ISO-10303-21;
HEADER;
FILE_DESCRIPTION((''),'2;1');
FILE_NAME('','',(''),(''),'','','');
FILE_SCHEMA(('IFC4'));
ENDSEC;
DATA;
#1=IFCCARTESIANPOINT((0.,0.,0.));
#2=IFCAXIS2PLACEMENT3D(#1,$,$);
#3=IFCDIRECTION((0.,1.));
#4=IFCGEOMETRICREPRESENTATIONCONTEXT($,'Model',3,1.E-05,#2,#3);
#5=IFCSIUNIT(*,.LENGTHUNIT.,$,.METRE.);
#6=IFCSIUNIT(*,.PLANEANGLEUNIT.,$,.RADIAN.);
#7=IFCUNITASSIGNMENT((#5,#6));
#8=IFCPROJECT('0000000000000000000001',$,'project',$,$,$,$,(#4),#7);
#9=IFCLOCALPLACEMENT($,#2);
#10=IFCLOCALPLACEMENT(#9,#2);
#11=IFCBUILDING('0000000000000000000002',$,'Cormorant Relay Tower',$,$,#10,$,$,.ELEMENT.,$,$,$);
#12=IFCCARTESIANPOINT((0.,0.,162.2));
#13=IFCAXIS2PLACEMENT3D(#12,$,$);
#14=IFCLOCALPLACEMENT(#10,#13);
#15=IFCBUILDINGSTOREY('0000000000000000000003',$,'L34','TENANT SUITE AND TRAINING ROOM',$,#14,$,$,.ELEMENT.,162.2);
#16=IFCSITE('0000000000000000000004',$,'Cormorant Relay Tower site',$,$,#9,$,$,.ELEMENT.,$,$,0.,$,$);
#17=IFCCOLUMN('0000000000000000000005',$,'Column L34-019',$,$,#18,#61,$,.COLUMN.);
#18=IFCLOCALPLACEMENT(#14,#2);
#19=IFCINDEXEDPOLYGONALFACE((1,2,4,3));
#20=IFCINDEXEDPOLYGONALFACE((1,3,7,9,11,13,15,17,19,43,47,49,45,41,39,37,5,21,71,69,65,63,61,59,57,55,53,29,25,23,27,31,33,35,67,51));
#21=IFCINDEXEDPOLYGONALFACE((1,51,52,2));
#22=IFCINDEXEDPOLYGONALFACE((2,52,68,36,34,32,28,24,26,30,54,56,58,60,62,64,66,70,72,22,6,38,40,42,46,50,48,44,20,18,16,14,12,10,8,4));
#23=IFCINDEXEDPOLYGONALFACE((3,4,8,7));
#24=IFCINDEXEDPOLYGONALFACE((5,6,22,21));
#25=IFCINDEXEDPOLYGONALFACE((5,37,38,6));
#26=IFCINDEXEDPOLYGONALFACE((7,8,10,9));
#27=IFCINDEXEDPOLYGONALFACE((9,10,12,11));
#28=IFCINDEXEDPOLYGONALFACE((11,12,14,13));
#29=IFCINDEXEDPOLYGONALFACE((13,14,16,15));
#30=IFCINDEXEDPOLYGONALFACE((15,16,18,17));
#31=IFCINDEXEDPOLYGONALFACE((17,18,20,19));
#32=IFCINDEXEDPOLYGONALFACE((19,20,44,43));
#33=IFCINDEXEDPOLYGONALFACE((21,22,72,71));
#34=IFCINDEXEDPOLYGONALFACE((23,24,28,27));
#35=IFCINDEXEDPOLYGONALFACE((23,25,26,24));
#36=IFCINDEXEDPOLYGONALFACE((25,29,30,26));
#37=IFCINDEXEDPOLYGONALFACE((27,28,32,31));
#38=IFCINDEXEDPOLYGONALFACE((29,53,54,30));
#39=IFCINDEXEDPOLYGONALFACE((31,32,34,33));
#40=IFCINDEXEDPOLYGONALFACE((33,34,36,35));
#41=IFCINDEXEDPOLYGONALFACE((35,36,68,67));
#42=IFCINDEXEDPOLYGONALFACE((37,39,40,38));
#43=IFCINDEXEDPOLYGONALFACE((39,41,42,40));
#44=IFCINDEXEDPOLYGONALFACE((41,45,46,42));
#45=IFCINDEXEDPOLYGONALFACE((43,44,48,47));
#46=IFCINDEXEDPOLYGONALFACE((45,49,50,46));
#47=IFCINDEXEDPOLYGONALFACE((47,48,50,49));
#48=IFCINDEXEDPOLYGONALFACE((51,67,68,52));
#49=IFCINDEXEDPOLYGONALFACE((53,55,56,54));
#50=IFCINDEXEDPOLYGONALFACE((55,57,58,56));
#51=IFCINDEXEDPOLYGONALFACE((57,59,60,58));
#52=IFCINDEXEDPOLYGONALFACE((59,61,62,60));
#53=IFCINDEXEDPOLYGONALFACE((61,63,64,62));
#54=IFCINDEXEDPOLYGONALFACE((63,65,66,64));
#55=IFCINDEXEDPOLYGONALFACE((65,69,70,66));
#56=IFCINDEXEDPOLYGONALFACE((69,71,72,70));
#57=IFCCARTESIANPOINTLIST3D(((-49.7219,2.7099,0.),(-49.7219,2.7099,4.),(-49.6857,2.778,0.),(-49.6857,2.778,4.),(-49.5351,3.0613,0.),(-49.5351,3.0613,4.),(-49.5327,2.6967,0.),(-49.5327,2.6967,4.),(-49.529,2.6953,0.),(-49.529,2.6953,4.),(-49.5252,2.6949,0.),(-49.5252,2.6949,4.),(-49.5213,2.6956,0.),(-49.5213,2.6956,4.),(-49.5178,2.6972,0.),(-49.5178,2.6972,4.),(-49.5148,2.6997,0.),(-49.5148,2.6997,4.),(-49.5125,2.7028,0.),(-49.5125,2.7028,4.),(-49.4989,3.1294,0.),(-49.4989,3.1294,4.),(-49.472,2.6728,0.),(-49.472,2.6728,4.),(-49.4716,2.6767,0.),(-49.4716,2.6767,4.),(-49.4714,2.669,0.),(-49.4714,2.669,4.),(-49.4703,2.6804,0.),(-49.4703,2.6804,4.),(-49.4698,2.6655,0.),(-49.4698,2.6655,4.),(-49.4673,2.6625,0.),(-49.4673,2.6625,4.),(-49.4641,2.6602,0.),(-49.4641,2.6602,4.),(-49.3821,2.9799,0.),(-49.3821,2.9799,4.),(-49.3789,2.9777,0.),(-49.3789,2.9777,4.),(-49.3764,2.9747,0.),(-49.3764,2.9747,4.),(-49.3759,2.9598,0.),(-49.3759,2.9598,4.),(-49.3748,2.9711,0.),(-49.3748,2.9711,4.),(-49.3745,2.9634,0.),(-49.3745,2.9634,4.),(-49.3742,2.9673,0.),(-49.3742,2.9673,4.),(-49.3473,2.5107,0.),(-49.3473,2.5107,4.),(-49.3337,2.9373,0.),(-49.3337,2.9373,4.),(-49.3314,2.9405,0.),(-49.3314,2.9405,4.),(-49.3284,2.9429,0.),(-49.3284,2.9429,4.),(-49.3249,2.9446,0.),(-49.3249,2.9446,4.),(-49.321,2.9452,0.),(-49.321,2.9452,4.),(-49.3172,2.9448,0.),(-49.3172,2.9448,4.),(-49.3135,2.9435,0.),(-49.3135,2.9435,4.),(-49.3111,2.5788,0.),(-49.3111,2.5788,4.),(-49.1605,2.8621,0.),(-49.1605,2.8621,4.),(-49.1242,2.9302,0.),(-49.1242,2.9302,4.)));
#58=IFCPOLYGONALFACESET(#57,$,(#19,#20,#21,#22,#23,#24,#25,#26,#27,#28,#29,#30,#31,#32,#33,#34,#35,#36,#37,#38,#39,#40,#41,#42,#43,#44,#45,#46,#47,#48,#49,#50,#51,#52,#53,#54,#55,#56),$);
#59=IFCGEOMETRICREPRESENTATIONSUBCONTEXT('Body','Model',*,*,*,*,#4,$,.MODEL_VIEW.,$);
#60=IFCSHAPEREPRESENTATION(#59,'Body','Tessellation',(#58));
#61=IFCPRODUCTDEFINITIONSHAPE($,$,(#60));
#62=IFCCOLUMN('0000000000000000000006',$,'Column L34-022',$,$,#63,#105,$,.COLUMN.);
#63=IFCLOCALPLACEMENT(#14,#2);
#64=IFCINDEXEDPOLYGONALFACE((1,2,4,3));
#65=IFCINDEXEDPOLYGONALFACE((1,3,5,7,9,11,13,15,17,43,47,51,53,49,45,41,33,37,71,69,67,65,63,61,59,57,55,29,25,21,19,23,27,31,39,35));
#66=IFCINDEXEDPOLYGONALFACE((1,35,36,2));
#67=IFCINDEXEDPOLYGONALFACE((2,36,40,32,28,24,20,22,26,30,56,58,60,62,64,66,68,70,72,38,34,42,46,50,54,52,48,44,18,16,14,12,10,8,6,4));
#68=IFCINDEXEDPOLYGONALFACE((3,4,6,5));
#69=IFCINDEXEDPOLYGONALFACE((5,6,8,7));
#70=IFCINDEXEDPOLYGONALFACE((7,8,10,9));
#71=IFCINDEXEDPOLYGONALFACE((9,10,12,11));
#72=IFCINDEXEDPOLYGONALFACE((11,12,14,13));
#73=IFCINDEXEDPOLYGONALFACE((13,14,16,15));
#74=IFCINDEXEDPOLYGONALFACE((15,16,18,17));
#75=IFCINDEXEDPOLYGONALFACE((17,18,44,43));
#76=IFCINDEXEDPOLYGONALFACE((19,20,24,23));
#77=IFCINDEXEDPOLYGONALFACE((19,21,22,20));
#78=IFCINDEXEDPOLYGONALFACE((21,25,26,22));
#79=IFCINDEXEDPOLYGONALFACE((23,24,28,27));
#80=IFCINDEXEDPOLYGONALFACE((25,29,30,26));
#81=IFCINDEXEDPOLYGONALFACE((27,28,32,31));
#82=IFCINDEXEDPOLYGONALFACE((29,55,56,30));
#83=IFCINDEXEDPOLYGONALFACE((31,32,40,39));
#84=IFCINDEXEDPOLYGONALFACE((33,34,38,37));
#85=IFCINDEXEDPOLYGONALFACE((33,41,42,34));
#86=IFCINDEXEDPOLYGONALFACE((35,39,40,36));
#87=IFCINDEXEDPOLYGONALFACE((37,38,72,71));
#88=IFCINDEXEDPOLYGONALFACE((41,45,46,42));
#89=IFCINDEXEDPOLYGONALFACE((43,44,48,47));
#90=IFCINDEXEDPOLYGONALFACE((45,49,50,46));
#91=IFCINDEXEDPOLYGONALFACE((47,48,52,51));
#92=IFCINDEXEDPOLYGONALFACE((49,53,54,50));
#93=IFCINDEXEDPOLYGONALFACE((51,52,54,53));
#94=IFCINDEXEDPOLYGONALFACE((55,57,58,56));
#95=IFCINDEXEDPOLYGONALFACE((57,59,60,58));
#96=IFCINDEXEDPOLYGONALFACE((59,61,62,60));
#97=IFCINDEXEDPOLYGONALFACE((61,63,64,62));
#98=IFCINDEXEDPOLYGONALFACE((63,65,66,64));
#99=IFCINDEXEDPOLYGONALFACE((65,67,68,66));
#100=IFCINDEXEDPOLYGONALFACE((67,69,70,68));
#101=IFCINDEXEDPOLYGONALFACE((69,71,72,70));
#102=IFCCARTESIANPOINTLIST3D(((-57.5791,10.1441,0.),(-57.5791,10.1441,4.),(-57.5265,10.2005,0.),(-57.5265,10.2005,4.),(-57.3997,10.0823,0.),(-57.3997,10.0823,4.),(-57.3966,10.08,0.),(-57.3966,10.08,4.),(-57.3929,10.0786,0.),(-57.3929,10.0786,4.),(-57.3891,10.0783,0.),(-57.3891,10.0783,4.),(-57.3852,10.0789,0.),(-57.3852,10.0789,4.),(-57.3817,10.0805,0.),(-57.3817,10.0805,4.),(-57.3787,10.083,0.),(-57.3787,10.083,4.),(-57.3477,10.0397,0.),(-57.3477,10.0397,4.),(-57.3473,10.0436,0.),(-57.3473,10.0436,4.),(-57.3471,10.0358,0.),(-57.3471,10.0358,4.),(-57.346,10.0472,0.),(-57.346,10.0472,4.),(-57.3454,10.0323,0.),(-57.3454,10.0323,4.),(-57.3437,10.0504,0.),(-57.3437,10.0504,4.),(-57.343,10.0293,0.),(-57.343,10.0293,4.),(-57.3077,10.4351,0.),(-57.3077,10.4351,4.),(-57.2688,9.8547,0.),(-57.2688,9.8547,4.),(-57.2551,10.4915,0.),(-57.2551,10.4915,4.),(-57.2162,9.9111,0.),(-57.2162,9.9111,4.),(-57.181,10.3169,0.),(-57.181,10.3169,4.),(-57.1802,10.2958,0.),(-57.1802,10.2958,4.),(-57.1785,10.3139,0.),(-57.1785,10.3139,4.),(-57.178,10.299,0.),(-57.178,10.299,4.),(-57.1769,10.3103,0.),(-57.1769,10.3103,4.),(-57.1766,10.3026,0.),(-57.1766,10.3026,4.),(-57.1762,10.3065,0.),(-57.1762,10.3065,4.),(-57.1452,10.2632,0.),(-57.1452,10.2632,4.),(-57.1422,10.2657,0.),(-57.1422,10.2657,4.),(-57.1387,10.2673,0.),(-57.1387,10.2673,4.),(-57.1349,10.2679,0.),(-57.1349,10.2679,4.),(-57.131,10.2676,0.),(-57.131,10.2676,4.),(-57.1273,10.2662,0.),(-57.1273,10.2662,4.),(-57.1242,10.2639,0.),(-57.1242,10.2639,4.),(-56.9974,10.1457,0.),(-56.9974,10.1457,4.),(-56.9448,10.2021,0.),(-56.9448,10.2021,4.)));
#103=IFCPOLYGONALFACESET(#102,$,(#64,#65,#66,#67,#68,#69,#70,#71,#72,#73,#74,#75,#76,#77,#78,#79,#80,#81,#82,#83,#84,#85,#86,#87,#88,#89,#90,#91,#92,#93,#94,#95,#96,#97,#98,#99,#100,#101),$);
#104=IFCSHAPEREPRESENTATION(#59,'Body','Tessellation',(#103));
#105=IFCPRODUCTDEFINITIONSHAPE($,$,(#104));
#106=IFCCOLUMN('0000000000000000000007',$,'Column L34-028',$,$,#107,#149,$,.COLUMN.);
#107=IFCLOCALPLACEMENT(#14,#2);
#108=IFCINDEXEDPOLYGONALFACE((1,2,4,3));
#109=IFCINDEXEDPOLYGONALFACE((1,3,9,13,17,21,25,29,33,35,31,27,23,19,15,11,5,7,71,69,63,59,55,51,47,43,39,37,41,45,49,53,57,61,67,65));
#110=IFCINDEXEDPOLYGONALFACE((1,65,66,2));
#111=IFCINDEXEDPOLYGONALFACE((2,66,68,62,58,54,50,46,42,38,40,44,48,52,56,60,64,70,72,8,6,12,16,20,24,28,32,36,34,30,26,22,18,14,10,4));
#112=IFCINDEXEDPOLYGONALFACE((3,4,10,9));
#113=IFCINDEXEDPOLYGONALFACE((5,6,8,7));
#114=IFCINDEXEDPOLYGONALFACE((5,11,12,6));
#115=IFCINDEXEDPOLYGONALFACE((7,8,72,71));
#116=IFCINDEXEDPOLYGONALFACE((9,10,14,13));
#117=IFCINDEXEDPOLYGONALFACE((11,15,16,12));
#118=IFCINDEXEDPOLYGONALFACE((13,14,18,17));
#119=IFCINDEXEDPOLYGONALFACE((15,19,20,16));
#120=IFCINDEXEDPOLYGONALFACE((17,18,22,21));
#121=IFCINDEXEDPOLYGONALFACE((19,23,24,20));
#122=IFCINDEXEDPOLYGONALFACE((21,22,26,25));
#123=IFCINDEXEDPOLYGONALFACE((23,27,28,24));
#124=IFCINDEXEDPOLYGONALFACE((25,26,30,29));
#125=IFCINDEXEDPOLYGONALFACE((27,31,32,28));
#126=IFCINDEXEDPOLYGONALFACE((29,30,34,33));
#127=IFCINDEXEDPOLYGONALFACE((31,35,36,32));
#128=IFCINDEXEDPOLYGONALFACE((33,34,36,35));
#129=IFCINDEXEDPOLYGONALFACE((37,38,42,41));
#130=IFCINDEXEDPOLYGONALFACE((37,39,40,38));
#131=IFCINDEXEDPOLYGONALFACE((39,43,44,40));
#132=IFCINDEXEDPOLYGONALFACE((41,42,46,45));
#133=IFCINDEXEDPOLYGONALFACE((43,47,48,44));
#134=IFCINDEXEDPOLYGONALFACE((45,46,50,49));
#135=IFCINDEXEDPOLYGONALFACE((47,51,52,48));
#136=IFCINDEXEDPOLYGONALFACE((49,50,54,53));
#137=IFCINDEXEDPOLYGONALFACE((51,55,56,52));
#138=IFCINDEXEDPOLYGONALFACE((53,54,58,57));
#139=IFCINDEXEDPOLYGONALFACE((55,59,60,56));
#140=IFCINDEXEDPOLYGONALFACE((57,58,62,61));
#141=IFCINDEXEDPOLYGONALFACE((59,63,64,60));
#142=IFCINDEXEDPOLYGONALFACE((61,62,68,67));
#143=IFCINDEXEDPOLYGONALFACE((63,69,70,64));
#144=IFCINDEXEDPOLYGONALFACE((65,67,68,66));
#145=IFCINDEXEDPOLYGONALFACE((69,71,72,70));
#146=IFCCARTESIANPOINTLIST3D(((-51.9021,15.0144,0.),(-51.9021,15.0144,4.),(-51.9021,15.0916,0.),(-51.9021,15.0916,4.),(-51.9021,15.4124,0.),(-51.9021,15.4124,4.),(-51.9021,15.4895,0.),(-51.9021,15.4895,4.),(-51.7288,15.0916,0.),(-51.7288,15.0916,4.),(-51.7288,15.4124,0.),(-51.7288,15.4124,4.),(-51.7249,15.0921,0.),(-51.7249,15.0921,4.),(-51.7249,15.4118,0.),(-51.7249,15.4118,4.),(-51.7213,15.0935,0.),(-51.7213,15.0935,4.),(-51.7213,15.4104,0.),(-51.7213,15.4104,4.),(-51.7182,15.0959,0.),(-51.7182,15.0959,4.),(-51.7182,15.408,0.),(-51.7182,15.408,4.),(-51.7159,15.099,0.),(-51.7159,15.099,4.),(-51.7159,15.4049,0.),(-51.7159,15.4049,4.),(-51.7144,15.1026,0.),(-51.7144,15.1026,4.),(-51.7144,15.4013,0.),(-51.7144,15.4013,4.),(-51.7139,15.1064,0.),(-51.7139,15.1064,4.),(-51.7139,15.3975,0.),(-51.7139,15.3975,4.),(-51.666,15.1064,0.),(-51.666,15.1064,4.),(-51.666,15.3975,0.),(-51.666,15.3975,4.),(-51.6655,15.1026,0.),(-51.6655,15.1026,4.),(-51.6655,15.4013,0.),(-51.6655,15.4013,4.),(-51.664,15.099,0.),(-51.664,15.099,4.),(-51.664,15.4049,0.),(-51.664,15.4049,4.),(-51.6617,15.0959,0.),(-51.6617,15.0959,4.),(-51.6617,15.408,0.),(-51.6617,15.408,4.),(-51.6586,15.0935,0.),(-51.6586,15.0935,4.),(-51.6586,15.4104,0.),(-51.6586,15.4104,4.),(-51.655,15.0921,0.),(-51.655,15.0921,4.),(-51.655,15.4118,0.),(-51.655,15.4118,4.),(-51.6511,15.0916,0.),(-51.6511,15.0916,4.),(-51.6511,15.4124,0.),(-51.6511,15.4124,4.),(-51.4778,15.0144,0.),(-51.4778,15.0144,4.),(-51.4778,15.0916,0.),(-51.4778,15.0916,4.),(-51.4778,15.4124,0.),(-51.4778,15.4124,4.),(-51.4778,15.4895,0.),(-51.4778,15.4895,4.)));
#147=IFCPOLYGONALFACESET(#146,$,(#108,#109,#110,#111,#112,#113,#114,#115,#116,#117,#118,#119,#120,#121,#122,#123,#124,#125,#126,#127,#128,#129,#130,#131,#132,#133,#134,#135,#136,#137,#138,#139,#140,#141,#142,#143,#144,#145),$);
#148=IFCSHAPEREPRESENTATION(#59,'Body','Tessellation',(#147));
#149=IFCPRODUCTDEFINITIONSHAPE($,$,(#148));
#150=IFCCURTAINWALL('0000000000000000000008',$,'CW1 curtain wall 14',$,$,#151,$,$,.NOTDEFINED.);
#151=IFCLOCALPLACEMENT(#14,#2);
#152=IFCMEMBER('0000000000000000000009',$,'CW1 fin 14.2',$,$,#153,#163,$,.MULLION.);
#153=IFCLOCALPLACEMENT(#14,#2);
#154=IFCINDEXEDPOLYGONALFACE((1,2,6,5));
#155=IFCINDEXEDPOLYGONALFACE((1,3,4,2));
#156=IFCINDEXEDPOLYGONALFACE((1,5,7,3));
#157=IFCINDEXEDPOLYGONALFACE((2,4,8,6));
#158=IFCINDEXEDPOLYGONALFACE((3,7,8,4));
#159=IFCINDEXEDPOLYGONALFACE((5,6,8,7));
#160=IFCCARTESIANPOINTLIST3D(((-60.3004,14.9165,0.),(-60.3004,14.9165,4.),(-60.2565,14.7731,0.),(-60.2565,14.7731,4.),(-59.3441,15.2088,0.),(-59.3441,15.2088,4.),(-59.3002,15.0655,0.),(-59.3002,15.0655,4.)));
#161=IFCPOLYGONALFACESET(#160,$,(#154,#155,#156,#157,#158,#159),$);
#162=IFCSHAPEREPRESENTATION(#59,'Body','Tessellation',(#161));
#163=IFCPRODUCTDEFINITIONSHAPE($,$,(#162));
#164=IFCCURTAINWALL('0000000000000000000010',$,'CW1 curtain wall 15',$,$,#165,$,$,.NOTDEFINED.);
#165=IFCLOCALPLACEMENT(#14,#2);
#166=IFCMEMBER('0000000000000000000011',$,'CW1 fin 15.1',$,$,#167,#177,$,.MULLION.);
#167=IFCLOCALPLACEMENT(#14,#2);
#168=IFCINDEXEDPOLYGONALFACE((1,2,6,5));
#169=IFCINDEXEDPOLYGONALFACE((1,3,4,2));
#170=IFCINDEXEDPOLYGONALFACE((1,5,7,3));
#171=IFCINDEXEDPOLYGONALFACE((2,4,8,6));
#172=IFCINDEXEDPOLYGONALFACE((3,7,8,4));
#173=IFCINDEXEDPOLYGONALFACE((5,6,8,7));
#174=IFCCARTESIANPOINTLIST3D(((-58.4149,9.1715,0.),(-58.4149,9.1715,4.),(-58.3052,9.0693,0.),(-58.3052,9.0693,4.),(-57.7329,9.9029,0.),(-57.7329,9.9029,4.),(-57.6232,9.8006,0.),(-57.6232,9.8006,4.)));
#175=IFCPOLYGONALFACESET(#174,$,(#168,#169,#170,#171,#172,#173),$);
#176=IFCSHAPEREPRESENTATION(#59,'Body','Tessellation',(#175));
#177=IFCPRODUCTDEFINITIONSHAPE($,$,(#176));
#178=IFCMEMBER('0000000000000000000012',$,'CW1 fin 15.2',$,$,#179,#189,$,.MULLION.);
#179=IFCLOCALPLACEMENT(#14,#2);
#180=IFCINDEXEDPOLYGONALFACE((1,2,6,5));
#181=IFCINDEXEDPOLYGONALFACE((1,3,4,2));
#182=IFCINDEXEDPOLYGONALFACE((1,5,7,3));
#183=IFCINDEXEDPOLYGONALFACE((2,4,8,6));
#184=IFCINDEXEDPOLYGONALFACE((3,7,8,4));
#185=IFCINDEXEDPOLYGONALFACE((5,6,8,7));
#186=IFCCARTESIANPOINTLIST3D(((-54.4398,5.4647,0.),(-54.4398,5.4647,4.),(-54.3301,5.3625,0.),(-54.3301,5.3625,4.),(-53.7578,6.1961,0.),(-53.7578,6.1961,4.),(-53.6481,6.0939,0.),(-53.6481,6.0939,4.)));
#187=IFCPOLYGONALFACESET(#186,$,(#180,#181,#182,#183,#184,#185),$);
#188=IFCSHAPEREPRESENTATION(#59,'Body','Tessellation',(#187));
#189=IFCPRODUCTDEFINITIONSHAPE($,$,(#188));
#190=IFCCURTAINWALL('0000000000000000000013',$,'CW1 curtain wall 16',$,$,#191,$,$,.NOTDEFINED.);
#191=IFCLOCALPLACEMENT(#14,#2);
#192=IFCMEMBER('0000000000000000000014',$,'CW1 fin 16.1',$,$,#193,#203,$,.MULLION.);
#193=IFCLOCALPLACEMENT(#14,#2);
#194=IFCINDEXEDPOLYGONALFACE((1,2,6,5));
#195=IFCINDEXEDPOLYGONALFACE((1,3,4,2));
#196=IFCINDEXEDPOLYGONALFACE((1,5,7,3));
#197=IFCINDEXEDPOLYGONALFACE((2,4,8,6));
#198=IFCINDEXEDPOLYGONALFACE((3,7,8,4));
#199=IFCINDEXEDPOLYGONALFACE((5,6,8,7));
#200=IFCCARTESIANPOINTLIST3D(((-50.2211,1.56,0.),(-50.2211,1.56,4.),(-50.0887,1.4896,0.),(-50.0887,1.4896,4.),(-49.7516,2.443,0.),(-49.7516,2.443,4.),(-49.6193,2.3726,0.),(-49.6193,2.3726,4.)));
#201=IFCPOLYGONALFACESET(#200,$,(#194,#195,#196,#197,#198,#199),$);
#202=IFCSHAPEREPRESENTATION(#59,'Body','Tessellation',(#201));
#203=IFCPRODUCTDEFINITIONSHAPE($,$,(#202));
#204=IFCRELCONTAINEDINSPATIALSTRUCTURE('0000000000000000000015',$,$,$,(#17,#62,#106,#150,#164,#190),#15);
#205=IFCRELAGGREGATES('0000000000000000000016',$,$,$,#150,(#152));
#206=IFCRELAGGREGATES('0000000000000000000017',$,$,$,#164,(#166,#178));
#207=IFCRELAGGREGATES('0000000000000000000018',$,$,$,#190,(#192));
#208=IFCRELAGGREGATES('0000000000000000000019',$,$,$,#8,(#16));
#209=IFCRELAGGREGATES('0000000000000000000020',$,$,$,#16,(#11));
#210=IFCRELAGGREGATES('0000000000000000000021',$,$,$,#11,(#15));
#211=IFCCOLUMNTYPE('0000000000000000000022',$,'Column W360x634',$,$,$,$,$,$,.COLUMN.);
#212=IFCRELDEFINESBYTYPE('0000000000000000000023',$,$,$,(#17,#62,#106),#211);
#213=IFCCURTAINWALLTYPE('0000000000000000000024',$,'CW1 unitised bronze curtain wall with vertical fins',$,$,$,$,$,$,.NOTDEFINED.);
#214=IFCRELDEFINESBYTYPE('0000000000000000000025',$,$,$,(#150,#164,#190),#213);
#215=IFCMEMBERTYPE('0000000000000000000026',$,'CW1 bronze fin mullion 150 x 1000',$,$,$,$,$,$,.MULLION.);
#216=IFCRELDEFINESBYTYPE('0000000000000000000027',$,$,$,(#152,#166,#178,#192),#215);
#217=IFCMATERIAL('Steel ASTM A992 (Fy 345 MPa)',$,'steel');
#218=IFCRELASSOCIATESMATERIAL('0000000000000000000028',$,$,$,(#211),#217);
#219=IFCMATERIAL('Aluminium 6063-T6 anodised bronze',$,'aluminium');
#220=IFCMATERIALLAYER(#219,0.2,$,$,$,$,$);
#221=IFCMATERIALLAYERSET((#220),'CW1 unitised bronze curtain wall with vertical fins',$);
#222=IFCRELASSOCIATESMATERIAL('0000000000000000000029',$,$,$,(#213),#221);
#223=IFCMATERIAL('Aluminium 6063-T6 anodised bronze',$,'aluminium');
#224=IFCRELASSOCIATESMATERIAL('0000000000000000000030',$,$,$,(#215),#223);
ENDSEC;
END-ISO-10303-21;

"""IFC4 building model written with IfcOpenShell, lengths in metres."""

from ifc_helpers import new_model, si_unit, direction, frame, origin, origin_2d, place, context, subcontext, project, spatial, rectangle, i_section, extrude, material, layer, layer_set, material_profile, profile_set, type_object, element, aggregate, save


model = new_model("IFC4")

# Units and contexts
model_context = context("Model", 3, precision=1e-05, world=origin(), true_north=direction((0.0, 1.0)))
body_context = subcontext(model_context, "Body", "Model", "MODEL_VIEW")
ifc_project = project(units=[si_unit("LENGTHUNIT", "METRE"), si_unit("PLANEANGLEUNIT", "RADIAN")], contexts=[model_context])

# Site, building, storey
site_placement = place(None, origin())
site = spatial("IfcSite", under=ifc_project, at=site_placement, Name="Cormorant Relay Tower site", CompositionType="ELEMENT", RefElevation=0.0)
building_placement = place(site_placement, origin())
building = spatial("IfcBuilding", under=site, at=building_placement, Name="Cormorant Relay Tower", CompositionType="ELEMENT")
storey_placement = place(building_placement, frame((0.0, 0.0, 162.2)))
storey = spatial("IfcBuildingStorey", under=building, at=storey_placement, Name="L34", Description="TENANT SUITE AND TRAINING ROOM", CompositionType="ELEMENT", Elevation=162.2)

# Columns
ifc_material_1 = material(Name="Steel ASTM A992 (Fy 345 MPa)", Category="steel")
ifc_material_profile_1 = material_profile(ifc_material_1, i_section(OverallWidth=0.4243, OverallDepth=0.4751, WebThickness=0.0479, FlangeThickness=0.0771, FilletRadius=0.0149, at=origin_2d()), Name="W360x634")
ifc_profile_set_1 = profile_set([ifc_material_profile_1], Name="Steel ASTM A992 (Fy 345 MPa)")
column_type = type_object("IfcColumnType", Name="Column W360x634", PredefinedType="COLUMN", material=ifc_profile_set_1)
for number, where, z_axis, x_axis, name in (
    (1, (-49.4231, 2.8201, 0.0), (0.0, 0.0, 1.0), (0.882948, -0.469472, 0.0), "Column L34-019"),
    (2, (-57.262, 10.1731, 0.0), (0.0, 0.0, 1.0), (0.731354, -0.681998, 0.0), "Column L34-022"),
    (3, (-51.6899, 15.252, 0.0), (0.0, 0.0, 1.0), (1.0, 0.0, 0.0), "Column L34-028"),
):
    element("IfcColumn", number, at=place(storey_placement, frame(where, z_axis=z_axis, x_axis=x_axis)), inside=storey, type_object=column_type, Name=name, PredefinedType="COLUMN", context=body_context, shape_type="SweptSolid", body=[
        extrude(i_section(OverallWidth=0.4243, OverallDepth=0.4751, WebThickness=0.0479, FlangeThickness=0.0771, FilletRadius=0.0149, at=origin_2d()), origin(), (0.0, 0.0, 1.0), 4.0),
    ])

# Curtain wall, member
ifc_material_2 = material(Name="Aluminium 6063-T6 anodised bronze", Category="aluminium")
ifc_layer_1 = layer(ifc_material_2, 0.2)
ifc_layer_set_1 = layer_set([ifc_layer_1], Name="CW1 unitised bronze curtain wall with vertical fins")
curtain_wall_type = type_object("IfcCurtainWallType", Name="CW1 unitised bronze curtain wall with vertical fins", PredefinedType="NOTDEFINED", material=ifc_layer_set_1)
curtain_wall_1_placement = place(storey_placement, origin())
curtain_wall_1 = element("IfcCurtainWall", 4, at=curtain_wall_1_placement, inside=storey, type_object=curtain_wall_type, Name="CW1 curtain wall 14", PredefinedType="NOTDEFINED")
ifc_material_3 = material(Name="Aluminium 6063-T6 anodised bronze", Category="aluminium")
ifc_material_profile_2 = material_profile(ifc_material_3, rectangle(XDim=0.1499, YDim=1.0, at=origin_2d()), Name="AL 150x1000")
ifc_profile_set_2 = profile_set([ifc_material_profile_2], Name="Aluminium 6063-T6 anodised bronze")
member_type_1 = type_object("IfcMemberType", Name="CW1 bronze fin mullion 150 x 1000", PredefinedType="MULLION", material=ifc_profile_set_2)
member_1_placement = place(storey_placement, frame((-59.8003, 14.991, 0.0), z_axis=(0.0, 0.0, 1.0), x_axis=(0.292372, -0.956305, 0.0)))
member_1 = element("IfcMember", 5, at=member_1_placement, type_object=member_type_1, Name="CW1 fin 14.2", PredefinedType="MULLION", context=body_context, shape_type="SweptSolid", body=[
    extrude(rectangle(XDim=0.1499, YDim=1.0, at=origin_2d()), origin(), (0.0, 0.0, 1.0), 4.0),
])

# Curtain wall, members
curtain_wall_2_placement = place(storey_placement, origin())
curtain_wall_2 = element("IfcCurtainWall", 6, at=curtain_wall_2_placement, inside=storey, type_object=curtain_wall_type, Name="CW1 curtain wall 15", PredefinedType="NOTDEFINED")
member_2_placement = place(storey_placement, frame((-58.019, 9.4861, 0.0), z_axis=(0.0, 0.0, 1.0), x_axis=(0.731354, -0.681998, 0.0)))
member_2 = element("IfcMember", 7, at=member_2_placement, type_object=member_type_1, Name="CW1 fin 15.1", PredefinedType="MULLION", context=body_context, shape_type="SweptSolid", body=[
    extrude(rectangle(XDim=0.1499, YDim=1.0, at=origin_2d()), origin(), (0.0, 0.0, 1.0), 4.0),
])
member_3_placement = place(storey_placement, frame((-54.0439, 5.7793, 0.0), z_axis=(0.0, 0.0, 1.0), x_axis=(0.731354, -0.681998, 0.0)))
member_3 = element("IfcMember", 8, at=member_3_placement, type_object=member_type_1, Name="CW1 fin 15.2", PredefinedType="MULLION", context=body_context, shape_type="SweptSolid", body=[
    extrude(rectangle(XDim=0.1499, YDim=1.0, at=origin_2d()), origin(), (0.0, 0.0, 1.0), 4.0),
])

# Curtain wall, member
curtain_wall_3_placement = place(storey_placement, origin())
curtain_wall_3 = element("IfcCurtainWall", 9, at=curtain_wall_3_placement, inside=storey, type_object=curtain_wall_type, Name="CW1 curtain wall 16", PredefinedType="NOTDEFINED")
member_4_placement = place(storey_placement, frame((-49.9202, 1.9663, 0.0), z_axis=(0.0, 0.0, 1.0), x_axis=(0.882948, -0.469472, 0.0)))
member_4 = element("IfcMember", 10, at=member_4_placement, type_object=member_type_1, Name="CW1 fin 16.1", PredefinedType="MULLION", context=body_context, shape_type="SweptSolid", body=[
    extrude(rectangle(XDim=0.1499, YDim=1.0, at=origin_2d()), origin(), (0.0, 0.0, 1.0), 4.0),
])

aggregate(curtain_wall_1, [member_1])
aggregate(curtain_wall_2, [member_2, member_3])
aggregate(curtain_wall_3, [member_4])

save(model, "model.ifc")
